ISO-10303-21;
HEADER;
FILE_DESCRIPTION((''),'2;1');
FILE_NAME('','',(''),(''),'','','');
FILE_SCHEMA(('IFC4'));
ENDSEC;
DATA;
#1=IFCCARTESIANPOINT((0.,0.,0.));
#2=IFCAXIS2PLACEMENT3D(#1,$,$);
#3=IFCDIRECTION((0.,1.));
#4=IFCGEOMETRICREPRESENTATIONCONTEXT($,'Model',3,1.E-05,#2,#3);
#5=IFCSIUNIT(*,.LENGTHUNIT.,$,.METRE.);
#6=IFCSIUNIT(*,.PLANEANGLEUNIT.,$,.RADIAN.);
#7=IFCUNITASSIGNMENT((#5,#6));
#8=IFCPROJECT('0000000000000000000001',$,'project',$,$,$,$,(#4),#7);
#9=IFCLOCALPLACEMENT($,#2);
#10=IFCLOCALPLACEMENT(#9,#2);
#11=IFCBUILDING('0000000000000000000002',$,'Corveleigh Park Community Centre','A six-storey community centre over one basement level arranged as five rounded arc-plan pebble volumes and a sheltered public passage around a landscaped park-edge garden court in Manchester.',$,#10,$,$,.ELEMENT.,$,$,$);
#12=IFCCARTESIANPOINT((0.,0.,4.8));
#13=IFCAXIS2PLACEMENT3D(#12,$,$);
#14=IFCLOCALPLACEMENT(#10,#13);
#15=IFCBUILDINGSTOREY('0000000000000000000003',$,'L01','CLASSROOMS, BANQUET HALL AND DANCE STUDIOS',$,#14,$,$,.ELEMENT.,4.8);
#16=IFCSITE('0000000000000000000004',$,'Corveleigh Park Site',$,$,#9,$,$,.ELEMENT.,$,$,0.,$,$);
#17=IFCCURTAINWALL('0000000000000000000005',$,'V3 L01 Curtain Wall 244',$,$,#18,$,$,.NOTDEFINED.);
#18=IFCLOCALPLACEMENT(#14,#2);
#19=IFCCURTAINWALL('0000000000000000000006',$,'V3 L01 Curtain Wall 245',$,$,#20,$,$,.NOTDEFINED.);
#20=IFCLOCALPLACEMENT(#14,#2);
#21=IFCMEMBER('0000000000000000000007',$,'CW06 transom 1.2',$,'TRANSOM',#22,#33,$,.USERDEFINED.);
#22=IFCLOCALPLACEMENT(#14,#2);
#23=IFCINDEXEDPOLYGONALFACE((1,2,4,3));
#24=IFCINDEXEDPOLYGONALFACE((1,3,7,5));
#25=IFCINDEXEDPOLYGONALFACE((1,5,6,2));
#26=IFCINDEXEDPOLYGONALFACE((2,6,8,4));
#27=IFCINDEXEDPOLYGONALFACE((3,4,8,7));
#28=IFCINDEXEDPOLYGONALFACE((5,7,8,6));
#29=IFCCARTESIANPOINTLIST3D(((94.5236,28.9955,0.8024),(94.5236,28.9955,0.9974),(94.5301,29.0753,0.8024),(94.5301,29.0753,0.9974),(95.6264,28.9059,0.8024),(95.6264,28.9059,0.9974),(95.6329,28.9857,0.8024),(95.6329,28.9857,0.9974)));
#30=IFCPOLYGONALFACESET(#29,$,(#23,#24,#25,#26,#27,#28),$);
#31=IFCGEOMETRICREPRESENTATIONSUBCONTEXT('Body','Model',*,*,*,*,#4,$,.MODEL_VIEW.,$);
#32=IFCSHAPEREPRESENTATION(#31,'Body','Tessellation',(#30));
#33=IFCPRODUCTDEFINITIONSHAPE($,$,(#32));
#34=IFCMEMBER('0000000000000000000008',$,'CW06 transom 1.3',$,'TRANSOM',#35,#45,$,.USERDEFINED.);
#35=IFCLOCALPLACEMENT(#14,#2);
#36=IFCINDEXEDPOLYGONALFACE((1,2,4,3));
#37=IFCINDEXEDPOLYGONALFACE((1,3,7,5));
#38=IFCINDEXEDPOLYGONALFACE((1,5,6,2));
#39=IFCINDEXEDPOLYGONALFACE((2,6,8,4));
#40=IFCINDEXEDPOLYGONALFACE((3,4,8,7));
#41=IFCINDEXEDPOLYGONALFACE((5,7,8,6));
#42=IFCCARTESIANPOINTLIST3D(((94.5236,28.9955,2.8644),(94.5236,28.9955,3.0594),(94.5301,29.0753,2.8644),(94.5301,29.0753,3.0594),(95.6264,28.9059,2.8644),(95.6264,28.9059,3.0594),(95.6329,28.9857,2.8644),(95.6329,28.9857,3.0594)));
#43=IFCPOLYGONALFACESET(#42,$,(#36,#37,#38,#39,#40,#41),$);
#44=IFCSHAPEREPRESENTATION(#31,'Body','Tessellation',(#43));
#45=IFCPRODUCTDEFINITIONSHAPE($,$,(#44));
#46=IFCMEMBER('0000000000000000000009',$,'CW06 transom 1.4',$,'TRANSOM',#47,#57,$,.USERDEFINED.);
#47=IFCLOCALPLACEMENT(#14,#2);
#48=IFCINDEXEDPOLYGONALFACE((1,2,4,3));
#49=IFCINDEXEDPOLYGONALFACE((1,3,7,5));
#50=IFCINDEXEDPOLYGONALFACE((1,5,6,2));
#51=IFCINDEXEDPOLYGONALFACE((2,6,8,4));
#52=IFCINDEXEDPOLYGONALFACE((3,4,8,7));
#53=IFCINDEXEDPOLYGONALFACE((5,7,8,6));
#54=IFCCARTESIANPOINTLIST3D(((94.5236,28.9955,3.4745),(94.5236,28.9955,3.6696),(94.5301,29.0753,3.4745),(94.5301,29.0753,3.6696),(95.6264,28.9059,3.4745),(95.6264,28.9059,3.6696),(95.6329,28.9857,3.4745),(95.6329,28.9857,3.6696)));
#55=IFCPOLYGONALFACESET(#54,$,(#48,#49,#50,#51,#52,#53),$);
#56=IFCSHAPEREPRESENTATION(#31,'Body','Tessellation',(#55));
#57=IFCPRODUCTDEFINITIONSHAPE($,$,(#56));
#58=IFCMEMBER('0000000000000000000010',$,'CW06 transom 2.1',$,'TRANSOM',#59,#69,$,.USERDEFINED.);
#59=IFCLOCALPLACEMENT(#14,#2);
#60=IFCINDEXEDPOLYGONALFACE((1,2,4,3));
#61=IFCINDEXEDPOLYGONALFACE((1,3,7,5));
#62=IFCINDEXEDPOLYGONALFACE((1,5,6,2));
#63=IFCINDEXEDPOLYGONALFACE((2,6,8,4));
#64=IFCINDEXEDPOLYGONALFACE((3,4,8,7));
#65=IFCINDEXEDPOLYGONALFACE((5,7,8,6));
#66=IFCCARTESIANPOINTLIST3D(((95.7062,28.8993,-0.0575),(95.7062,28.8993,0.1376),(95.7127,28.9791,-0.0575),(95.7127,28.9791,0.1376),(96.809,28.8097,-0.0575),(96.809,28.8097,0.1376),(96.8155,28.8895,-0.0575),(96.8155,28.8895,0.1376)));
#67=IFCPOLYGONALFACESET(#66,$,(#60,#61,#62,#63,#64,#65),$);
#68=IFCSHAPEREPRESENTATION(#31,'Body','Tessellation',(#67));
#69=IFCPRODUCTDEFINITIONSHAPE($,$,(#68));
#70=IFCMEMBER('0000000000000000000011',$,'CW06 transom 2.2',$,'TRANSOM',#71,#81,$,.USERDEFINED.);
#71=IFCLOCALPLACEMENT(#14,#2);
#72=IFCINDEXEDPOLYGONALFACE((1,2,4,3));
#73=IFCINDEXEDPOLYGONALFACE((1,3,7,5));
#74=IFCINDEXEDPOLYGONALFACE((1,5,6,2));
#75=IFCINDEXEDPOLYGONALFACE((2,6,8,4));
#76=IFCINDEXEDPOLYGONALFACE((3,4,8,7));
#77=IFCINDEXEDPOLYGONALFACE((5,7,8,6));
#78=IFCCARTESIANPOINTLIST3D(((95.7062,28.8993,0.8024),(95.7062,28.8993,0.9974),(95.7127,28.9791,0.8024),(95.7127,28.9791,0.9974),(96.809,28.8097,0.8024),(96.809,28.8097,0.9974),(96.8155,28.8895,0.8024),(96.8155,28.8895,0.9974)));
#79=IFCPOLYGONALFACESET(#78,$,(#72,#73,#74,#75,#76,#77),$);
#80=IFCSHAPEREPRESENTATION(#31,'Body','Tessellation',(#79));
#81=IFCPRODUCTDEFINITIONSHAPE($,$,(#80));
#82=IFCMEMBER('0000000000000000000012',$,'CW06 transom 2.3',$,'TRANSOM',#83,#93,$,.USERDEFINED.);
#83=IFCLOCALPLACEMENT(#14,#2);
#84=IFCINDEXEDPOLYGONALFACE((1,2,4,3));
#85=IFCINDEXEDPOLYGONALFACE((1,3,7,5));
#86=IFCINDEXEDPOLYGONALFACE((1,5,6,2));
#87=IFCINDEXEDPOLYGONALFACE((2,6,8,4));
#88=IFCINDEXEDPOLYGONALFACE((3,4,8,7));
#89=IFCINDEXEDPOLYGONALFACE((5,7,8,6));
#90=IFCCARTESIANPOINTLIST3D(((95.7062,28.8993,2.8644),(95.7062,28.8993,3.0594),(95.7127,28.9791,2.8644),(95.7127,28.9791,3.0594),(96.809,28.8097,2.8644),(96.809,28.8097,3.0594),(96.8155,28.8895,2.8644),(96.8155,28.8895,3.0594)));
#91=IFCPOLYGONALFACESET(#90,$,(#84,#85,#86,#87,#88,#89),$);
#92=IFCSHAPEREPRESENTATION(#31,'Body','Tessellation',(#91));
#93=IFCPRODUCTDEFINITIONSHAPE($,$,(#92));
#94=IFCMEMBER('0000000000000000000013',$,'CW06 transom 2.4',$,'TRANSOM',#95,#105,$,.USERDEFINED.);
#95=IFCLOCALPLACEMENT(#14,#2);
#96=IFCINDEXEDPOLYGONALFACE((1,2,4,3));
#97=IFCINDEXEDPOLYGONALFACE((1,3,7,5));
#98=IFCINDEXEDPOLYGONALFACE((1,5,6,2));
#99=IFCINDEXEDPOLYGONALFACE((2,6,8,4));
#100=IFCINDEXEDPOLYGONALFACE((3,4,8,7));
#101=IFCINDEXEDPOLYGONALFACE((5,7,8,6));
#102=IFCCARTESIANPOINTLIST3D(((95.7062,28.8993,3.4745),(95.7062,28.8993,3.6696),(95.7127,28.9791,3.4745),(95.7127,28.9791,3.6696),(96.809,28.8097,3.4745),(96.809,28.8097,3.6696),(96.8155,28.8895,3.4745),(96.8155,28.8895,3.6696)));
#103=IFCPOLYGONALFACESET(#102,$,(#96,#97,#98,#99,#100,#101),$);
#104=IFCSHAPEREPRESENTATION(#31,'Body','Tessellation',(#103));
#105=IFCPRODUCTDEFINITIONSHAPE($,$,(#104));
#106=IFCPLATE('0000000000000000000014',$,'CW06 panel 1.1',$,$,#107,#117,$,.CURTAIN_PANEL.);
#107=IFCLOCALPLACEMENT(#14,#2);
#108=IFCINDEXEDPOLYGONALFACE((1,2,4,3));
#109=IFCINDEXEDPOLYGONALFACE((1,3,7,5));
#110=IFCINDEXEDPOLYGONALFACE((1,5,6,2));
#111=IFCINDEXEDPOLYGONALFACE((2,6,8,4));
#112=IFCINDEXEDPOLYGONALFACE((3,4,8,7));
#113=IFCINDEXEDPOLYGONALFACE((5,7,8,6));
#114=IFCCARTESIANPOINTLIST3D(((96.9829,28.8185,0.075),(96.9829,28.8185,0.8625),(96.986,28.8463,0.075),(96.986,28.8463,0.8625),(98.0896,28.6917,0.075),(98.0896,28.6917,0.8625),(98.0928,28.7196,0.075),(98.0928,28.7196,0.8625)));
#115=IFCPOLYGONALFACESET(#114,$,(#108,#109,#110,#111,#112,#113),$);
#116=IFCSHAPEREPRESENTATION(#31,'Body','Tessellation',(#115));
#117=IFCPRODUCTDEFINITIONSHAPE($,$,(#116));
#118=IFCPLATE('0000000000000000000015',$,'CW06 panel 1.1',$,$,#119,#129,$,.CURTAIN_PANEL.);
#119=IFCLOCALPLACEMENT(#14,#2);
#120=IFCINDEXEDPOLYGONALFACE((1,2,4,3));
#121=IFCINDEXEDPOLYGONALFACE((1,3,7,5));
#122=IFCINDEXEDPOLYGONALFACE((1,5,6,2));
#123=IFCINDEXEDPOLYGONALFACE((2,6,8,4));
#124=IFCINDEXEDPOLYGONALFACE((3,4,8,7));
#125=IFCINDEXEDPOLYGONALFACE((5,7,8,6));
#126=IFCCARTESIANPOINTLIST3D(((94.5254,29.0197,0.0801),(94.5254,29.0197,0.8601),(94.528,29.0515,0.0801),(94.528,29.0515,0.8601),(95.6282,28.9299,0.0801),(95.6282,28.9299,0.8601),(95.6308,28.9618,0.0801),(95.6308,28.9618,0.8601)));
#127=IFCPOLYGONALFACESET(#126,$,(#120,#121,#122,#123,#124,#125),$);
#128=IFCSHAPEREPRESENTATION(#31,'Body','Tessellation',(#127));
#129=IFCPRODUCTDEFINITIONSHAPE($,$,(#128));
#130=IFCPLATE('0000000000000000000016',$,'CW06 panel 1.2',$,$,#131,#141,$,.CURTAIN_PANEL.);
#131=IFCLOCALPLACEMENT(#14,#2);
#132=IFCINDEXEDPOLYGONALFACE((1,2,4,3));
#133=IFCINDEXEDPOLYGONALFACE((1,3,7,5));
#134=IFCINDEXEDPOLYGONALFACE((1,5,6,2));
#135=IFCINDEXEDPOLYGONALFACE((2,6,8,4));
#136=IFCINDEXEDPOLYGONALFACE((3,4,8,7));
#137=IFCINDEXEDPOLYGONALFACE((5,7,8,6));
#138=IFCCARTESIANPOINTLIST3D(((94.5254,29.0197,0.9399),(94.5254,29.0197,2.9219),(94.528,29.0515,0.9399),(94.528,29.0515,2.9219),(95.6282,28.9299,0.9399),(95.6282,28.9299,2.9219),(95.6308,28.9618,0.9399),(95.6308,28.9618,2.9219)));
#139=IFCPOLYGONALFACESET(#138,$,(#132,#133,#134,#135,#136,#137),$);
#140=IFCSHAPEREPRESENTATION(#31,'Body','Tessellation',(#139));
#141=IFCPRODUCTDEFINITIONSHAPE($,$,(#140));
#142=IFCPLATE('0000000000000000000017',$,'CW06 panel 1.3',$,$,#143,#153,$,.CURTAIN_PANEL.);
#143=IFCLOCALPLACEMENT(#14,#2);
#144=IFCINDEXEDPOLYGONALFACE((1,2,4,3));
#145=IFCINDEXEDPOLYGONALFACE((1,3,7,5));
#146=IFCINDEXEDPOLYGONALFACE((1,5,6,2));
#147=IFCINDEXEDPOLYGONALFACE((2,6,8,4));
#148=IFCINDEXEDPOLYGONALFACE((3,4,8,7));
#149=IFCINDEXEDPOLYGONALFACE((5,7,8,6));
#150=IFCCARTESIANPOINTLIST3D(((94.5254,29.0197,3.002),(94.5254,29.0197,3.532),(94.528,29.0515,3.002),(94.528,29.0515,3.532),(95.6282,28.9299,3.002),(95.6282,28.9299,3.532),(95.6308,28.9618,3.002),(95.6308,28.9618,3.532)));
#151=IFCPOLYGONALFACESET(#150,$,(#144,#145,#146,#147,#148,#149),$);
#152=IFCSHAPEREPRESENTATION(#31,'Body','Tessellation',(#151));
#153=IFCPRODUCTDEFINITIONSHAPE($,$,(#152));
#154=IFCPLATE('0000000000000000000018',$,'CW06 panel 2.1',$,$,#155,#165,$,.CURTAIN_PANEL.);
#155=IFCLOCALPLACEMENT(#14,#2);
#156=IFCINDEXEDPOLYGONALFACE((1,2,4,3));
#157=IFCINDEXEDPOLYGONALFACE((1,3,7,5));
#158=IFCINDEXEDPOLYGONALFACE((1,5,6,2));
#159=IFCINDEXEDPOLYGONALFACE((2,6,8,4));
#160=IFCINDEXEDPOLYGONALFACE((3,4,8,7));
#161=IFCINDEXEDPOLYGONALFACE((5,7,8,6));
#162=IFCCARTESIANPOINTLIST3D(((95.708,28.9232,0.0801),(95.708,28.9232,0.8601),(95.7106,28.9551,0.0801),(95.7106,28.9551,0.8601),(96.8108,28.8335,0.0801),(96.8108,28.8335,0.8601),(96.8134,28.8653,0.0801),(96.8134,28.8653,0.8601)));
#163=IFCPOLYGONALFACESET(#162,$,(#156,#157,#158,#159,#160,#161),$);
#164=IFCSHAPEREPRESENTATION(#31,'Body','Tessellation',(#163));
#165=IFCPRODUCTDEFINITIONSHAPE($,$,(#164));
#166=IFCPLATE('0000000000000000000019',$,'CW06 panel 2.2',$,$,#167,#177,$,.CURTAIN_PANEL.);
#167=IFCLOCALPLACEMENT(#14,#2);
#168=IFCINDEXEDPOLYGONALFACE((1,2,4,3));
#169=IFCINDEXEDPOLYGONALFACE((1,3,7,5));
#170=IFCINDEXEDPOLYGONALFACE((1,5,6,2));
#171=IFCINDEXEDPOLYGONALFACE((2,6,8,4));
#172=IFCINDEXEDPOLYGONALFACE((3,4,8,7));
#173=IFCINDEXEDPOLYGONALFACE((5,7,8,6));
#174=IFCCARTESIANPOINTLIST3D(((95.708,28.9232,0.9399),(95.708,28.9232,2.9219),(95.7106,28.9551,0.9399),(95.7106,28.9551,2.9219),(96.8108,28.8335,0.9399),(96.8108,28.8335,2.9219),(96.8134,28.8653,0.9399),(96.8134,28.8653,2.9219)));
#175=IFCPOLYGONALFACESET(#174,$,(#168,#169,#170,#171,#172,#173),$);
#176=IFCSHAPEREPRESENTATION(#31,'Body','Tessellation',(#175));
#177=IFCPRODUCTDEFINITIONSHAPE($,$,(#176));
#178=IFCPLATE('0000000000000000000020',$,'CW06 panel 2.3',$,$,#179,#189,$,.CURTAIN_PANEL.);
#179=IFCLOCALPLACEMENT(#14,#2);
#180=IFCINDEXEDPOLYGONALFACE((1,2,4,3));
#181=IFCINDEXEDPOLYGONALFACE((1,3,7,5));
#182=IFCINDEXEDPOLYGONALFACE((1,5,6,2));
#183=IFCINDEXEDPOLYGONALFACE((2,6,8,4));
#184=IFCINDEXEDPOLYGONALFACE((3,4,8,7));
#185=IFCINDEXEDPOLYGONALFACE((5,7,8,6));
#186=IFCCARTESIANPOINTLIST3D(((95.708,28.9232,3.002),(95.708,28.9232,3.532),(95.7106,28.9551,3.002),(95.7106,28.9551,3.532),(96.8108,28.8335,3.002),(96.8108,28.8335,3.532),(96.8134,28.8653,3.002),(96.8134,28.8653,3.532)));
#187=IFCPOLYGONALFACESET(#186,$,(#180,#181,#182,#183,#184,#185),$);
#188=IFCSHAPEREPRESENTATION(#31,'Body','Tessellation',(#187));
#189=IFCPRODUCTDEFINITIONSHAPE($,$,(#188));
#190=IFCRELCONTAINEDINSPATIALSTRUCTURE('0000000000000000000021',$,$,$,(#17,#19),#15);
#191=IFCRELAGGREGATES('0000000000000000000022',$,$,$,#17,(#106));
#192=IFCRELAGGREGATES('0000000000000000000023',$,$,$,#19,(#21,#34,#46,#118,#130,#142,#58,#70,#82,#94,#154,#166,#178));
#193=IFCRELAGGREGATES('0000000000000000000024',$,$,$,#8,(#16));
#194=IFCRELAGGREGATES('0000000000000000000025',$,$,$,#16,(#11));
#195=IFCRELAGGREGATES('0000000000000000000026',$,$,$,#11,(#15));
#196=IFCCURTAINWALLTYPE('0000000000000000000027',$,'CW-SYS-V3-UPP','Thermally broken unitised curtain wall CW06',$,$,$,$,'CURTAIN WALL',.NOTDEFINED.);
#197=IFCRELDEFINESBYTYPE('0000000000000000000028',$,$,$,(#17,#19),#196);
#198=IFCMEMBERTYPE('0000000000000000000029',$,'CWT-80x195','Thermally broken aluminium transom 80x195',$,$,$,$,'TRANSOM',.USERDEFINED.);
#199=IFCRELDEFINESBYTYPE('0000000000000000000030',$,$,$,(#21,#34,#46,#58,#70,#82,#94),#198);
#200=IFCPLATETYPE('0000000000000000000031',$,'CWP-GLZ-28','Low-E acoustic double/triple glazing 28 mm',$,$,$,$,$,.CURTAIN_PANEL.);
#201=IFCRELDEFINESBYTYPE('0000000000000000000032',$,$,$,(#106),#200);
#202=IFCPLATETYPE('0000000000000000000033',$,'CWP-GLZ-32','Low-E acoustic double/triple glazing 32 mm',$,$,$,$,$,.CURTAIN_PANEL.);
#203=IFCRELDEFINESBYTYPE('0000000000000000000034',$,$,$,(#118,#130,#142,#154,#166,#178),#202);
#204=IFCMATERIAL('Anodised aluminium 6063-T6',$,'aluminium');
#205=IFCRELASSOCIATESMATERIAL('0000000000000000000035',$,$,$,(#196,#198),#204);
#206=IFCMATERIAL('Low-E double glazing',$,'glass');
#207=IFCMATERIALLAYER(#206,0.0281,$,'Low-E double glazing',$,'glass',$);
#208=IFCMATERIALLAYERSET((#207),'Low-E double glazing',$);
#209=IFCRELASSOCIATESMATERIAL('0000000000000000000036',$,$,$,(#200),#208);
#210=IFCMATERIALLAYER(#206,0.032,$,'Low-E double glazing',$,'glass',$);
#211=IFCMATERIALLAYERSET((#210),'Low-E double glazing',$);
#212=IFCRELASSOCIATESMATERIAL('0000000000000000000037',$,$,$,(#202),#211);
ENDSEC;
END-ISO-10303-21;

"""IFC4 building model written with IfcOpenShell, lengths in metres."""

from ifc_helpers import new_model, si_unit, direction, frame, origin, origin_2d, place, context, subcontext, project, spatial, rectangle, extrude, material, layer, layer_set, material_profile, profile_set, type_object, element, aggregate, save


model = new_model("IFC4")

# Units and contexts
model_context = context("Model", 3, precision=1e-05, world=origin(), true_north=direction((0.0, 1.0)))
body_context = subcontext(model_context, "Body", "Model", "MODEL_VIEW")
ifc_project = project(units=[si_unit("LENGTHUNIT", "METRE"), si_unit("PLANEANGLEUNIT", "RADIAN")], contexts=[model_context])

# Site, building, storey
site_placement = place(None, origin())
site = spatial("IfcSite", under=ifc_project, at=site_placement, Name="Corveleigh Park Site", CompositionType="ELEMENT", RefElevation=0.0)
building_placement = place(site_placement, origin())
building = spatial("IfcBuilding", under=site, at=building_placement, Name="Corveleigh Park Community Centre", Description="A six-storey community centre over one basement level arranged as five rounded arc-plan pebble volumes and a sheltered public passage around a landscaped park-edge garden court in Manchester.", CompositionType="ELEMENT")
storey_placement = place(building_placement, frame((0.0, 0.0, 4.8)))
storey = spatial("IfcBuildingStorey", under=building, at=storey_placement, Name="L01", Description="CLASSROOMS, BANQUET HALL AND DANCE STUDIOS", CompositionType="ELEMENT", Elevation=4.8)

# Curtain wall
ifc_material_1 = material(Name="Anodised aluminium 6063-T6", Category="aluminium")
curtain_wall_type = type_object("IfcCurtainWallType", Name="CW-SYS-V3-UPP", Description="Thermally broken unitised curtain wall CW06", ElementType="CURTAIN WALL", PredefinedType="NOTDEFINED", material=ifc_material_1)
curtain_wall_1_placement = place(storey_placement, origin())
curtain_wall_1 = element("IfcCurtainWall", 1, at=curtain_wall_1_placement, inside=storey, type_object=curtain_wall_type, Name="V3 L01 Curtain Wall 244", PredefinedType="NOTDEFINED")

# Curtain wall
curtain_wall_2_placement = place(storey_placement, origin())
curtain_wall_2 = element("IfcCurtainWall", 2, at=curtain_wall_2_placement, inside=storey, type_object=curtain_wall_type, Name="V3 L01 Curtain Wall 245", PredefinedType="NOTDEFINED")

# Members
ifc_material_profile_1 = material_profile(ifc_material_1, rectangle(XDim=0.0801, YDim=0.1951, at=origin_2d()), Name="ALU-T80x195", Category="aluminium")
ifc_profile_set_1 = profile_set([ifc_material_profile_1], Name="Anodised aluminium 6063-T6")
member_type_1 = type_object("IfcMemberType", Name="CWT-80x195", Description="Thermally broken aluminium transom 80x195", ElementType="TRANSOM", PredefinedType="USERDEFINED", material=ifc_profile_set_1)
member_1_placement = place(storey_placement, frame((94.5269, 29.0354, 0.8999), z_axis=(0.996716, -0.080982, 0.0), x_axis=(0.080982, 0.996716, 0.0)))
member_1 = element("IfcMember", 3, at=member_1_placement, type_object=member_type_1, Name="CW06 transom 1.2", ObjectType="TRANSOM", PredefinedType="USERDEFINED", context=body_context, shape_type="SweptSolid", body=[
    extrude(rectangle(XDim=0.0801, YDim=0.1951, at=origin_2d()), origin(), (0.0, 0.0, 1.0), 1.1064),
])
member_2_placement = place(storey_placement, frame((94.5269, 29.0354, 2.9619), z_axis=(0.996716, -0.080982, 0.0), x_axis=(0.080982, 0.996716, 0.0)))
member_2 = element("IfcMember", 4, at=member_2_placement, type_object=member_type_1, Name="CW06 transom 1.3", ObjectType="TRANSOM", PredefinedType="USERDEFINED", context=body_context, shape_type="SweptSolid", body=[
    extrude(rectangle(XDim=0.0801, YDim=0.1951, at=origin_2d()), origin(), (0.0, 0.0, 1.0), 1.1064),
])
member_3_placement = place(storey_placement, frame((94.5269, 29.0354, 3.572), z_axis=(0.996716, -0.080982, 0.0), x_axis=(0.080982, 0.996716, 0.0)))
member_3 = element("IfcMember", 5, at=member_3_placement, type_object=member_type_1, Name="CW06 transom 1.4", ObjectType="TRANSOM", PredefinedType="USERDEFINED", context=body_context, shape_type="SweptSolid", body=[
    extrude(rectangle(XDim=0.0801, YDim=0.1951, at=origin_2d()), origin(), (0.0, 0.0, 1.0), 1.1064),
])
member_4_placement = place(storey_placement, frame((95.7095, 28.9392, 0.04), z_axis=(0.996716, -0.080982, 0.0), x_axis=(0.080982, 0.996716, 0.0)))
member_4 = element("IfcMember", 6, at=member_4_placement, type_object=member_type_1, Name="CW06 transom 2.1", ObjectType="TRANSOM", PredefinedType="USERDEFINED", context=body_context, shape_type="SweptSolid", body=[
    extrude(rectangle(XDim=0.0801, YDim=0.1951, at=origin_2d()), origin(), (0.0, 0.0, 1.0), 1.1064),
])
member_5_placement = place(storey_placement, frame((95.7095, 28.9392, 0.8999), z_axis=(0.996716, -0.080982, 0.0), x_axis=(0.080982, 0.996716, 0.0)))
member_5 = element("IfcMember", 7, at=member_5_placement, type_object=member_type_1, Name="CW06 transom 2.2", ObjectType="TRANSOM", PredefinedType="USERDEFINED", context=body_context, shape_type="SweptSolid", body=[
    extrude(rectangle(XDim=0.0801, YDim=0.1951, at=origin_2d()), origin(), (0.0, 0.0, 1.0), 1.1064),
])
member_6_placement = place(storey_placement, frame((95.7095, 28.9392, 2.9619), z_axis=(0.996716, -0.080982, 0.0), x_axis=(0.080982, 0.996716, 0.0)))
member_6 = element("IfcMember", 8, at=member_6_placement, type_object=member_type_1, Name="CW06 transom 2.3", ObjectType="TRANSOM", PredefinedType="USERDEFINED", context=body_context, shape_type="SweptSolid", body=[
    extrude(rectangle(XDim=0.0801, YDim=0.1951, at=origin_2d()), origin(), (0.0, 0.0, 1.0), 1.1064),
])
member_7_placement = place(storey_placement, frame((95.7095, 28.9392, 3.572), z_axis=(0.996716, -0.080982, 0.0), x_axis=(0.080982, 0.996716, 0.0)))
member_7 = element("IfcMember", 9, at=member_7_placement, type_object=member_type_1, Name="CW06 transom 2.4", ObjectType="TRANSOM", PredefinedType="USERDEFINED", context=body_context, shape_type="SweptSolid", body=[
    extrude(rectangle(XDim=0.0801, YDim=0.1951, at=origin_2d()), origin(), (0.0, 0.0, 1.0), 1.1064),
])

# Plates
ifc_material_2 = material(Name="Low-E double glazing", Category="glass")
ifc_layer_1 = layer(ifc_material_2, 0.0281, Name="Low-E double glazing", Category="glass")
ifc_layer_set_1 = layer_set([ifc_layer_1], Name="Low-E double glazing")
plate_type_1 = type_object("IfcPlateType", Name="CWP-GLZ-28", Description="Low-E acoustic double/triple glazing 28 mm", PredefinedType="CURTAIN_PANEL", material=ifc_layer_set_1)
plate_1_placement = place(storey_placement, frame((97.5378, 28.769, 0.075), z_axis=(0.0, 0.0, 1.0), x_axis=(0.99351, -0.113742, 0.0)))
plate_1 = element("IfcPlate", 10, at=plate_1_placement, type_object=plate_type_1, Name="CW06 panel 1.1", PredefinedType="CURTAIN_PANEL", context=body_context, shape_type="SweptSolid", body=[
    extrude(rectangle(XDim=1.114, YDim=0.0281, at=origin_2d()), origin(), (0.0, 0.0, 1.0), 0.7876),
])
aggregate(curtain_wall_1, [plate_1])
ifc_layer_2 = layer(ifc_material_2, 0.032, Name="Low-E double glazing", Category="glass")
ifc_layer_set_2 = layer_set([ifc_layer_2], Name="Low-E double glazing")
plate_type_2 = type_object("IfcPlateType", Name="CWP-GLZ-32", Description="Low-E acoustic double/triple glazing 32 mm", PredefinedType="CURTAIN_PANEL", material=ifc_layer_set_2)
plate_2_placement = place(storey_placement, frame((95.0781, 28.9907, 0.0801), z_axis=(0.0, 0.0, 1.0), x_axis=(0.996704, -0.081122, 0.0)))
plate_2 = element("IfcPlate", 11, at=plate_2_placement, type_object=plate_type_2, Name="CW06 panel 1.1", PredefinedType="CURTAIN_PANEL", context=body_context, shape_type="SweptSolid", body=[
    extrude(rectangle(XDim=1.1064, YDim=0.032, at=origin_2d()), origin(), (0.0, 0.0, 1.0), 0.78),
])
plate_3_placement = place(storey_placement, frame((95.0781, 28.9907, 0.9399), z_axis=(0.0, 0.0, 1.0), x_axis=(0.996704, -0.081122, 0.0)))
plate_3 = element("IfcPlate", 12, at=plate_3_placement, type_object=plate_type_2, Name="CW06 panel 1.2", PredefinedType="CURTAIN_PANEL", context=body_context, shape_type="SweptSolid", body=[
    extrude(rectangle(XDim=1.1064, YDim=0.032, at=origin_2d()), origin(), (0.0, 0.0, 1.0), 1.9819),
])
plate_4_placement = place(storey_placement, frame((95.0781, 28.9907, 3.002), z_axis=(0.0, 0.0, 1.0), x_axis=(0.996704, -0.081122, 0.0)))
plate_4 = element("IfcPlate", 13, at=plate_4_placement, type_object=plate_type_2, Name="CW06 panel 1.3", PredefinedType="CURTAIN_PANEL", context=body_context, shape_type="SweptSolid", body=[
    extrude(rectangle(XDim=1.1064, YDim=0.032, at=origin_2d()), origin(), (0.0, 0.0, 1.0), 0.53),
])
plate_5_placement = place(storey_placement, frame((96.2607, 28.8943, 0.0801), z_axis=(0.0, 0.0, 1.0), x_axis=(0.996704, -0.081122, 0.0)))
plate_5 = element("IfcPlate", 14, at=plate_5_placement, type_object=plate_type_2, Name="CW06 panel 2.1", PredefinedType="CURTAIN_PANEL", context=body_context, shape_type="SweptSolid", body=[
    extrude(rectangle(XDim=1.1064, YDim=0.032, at=origin_2d()), origin(), (0.0, 0.0, 1.0), 0.78),
])
plate_6_placement = place(storey_placement, frame((96.2607, 28.8943, 0.9399), z_axis=(0.0, 0.0, 1.0), x_axis=(0.996704, -0.081122, 0.0)))
plate_6 = element("IfcPlate", 15, at=plate_6_placement, type_object=plate_type_2, Name="CW06 panel 2.2", PredefinedType="CURTAIN_PANEL", context=body_context, shape_type="SweptSolid", body=[
    extrude(rectangle(XDim=1.1064, YDim=0.032, at=origin_2d()), origin(), (0.0, 0.0, 1.0), 1.9819),
])
plate_7_placement = place(storey_placement, frame((96.2607, 28.8943, 3.002), z_axis=(0.0, 0.0, 1.0), x_axis=(0.996704, -0.081122, 0.0)))
plate_7 = element("IfcPlate", 16, at=plate_7_placement, type_object=plate_type_2, Name="CW06 panel 2.3", PredefinedType="CURTAIN_PANEL", context=body_context, shape_type="SweptSolid", body=[
    extrude(rectangle(XDim=1.1064, YDim=0.032, at=origin_2d()), origin(), (0.0, 0.0, 1.0), 0.53),
])
aggregate(curtain_wall_2, [member_1, member_2, member_3, plate_2, plate_3, plate_4, member_4, member_5, member_6, member_7, plate_5, plate_6, plate_7])

save(model, "model.ifc")
